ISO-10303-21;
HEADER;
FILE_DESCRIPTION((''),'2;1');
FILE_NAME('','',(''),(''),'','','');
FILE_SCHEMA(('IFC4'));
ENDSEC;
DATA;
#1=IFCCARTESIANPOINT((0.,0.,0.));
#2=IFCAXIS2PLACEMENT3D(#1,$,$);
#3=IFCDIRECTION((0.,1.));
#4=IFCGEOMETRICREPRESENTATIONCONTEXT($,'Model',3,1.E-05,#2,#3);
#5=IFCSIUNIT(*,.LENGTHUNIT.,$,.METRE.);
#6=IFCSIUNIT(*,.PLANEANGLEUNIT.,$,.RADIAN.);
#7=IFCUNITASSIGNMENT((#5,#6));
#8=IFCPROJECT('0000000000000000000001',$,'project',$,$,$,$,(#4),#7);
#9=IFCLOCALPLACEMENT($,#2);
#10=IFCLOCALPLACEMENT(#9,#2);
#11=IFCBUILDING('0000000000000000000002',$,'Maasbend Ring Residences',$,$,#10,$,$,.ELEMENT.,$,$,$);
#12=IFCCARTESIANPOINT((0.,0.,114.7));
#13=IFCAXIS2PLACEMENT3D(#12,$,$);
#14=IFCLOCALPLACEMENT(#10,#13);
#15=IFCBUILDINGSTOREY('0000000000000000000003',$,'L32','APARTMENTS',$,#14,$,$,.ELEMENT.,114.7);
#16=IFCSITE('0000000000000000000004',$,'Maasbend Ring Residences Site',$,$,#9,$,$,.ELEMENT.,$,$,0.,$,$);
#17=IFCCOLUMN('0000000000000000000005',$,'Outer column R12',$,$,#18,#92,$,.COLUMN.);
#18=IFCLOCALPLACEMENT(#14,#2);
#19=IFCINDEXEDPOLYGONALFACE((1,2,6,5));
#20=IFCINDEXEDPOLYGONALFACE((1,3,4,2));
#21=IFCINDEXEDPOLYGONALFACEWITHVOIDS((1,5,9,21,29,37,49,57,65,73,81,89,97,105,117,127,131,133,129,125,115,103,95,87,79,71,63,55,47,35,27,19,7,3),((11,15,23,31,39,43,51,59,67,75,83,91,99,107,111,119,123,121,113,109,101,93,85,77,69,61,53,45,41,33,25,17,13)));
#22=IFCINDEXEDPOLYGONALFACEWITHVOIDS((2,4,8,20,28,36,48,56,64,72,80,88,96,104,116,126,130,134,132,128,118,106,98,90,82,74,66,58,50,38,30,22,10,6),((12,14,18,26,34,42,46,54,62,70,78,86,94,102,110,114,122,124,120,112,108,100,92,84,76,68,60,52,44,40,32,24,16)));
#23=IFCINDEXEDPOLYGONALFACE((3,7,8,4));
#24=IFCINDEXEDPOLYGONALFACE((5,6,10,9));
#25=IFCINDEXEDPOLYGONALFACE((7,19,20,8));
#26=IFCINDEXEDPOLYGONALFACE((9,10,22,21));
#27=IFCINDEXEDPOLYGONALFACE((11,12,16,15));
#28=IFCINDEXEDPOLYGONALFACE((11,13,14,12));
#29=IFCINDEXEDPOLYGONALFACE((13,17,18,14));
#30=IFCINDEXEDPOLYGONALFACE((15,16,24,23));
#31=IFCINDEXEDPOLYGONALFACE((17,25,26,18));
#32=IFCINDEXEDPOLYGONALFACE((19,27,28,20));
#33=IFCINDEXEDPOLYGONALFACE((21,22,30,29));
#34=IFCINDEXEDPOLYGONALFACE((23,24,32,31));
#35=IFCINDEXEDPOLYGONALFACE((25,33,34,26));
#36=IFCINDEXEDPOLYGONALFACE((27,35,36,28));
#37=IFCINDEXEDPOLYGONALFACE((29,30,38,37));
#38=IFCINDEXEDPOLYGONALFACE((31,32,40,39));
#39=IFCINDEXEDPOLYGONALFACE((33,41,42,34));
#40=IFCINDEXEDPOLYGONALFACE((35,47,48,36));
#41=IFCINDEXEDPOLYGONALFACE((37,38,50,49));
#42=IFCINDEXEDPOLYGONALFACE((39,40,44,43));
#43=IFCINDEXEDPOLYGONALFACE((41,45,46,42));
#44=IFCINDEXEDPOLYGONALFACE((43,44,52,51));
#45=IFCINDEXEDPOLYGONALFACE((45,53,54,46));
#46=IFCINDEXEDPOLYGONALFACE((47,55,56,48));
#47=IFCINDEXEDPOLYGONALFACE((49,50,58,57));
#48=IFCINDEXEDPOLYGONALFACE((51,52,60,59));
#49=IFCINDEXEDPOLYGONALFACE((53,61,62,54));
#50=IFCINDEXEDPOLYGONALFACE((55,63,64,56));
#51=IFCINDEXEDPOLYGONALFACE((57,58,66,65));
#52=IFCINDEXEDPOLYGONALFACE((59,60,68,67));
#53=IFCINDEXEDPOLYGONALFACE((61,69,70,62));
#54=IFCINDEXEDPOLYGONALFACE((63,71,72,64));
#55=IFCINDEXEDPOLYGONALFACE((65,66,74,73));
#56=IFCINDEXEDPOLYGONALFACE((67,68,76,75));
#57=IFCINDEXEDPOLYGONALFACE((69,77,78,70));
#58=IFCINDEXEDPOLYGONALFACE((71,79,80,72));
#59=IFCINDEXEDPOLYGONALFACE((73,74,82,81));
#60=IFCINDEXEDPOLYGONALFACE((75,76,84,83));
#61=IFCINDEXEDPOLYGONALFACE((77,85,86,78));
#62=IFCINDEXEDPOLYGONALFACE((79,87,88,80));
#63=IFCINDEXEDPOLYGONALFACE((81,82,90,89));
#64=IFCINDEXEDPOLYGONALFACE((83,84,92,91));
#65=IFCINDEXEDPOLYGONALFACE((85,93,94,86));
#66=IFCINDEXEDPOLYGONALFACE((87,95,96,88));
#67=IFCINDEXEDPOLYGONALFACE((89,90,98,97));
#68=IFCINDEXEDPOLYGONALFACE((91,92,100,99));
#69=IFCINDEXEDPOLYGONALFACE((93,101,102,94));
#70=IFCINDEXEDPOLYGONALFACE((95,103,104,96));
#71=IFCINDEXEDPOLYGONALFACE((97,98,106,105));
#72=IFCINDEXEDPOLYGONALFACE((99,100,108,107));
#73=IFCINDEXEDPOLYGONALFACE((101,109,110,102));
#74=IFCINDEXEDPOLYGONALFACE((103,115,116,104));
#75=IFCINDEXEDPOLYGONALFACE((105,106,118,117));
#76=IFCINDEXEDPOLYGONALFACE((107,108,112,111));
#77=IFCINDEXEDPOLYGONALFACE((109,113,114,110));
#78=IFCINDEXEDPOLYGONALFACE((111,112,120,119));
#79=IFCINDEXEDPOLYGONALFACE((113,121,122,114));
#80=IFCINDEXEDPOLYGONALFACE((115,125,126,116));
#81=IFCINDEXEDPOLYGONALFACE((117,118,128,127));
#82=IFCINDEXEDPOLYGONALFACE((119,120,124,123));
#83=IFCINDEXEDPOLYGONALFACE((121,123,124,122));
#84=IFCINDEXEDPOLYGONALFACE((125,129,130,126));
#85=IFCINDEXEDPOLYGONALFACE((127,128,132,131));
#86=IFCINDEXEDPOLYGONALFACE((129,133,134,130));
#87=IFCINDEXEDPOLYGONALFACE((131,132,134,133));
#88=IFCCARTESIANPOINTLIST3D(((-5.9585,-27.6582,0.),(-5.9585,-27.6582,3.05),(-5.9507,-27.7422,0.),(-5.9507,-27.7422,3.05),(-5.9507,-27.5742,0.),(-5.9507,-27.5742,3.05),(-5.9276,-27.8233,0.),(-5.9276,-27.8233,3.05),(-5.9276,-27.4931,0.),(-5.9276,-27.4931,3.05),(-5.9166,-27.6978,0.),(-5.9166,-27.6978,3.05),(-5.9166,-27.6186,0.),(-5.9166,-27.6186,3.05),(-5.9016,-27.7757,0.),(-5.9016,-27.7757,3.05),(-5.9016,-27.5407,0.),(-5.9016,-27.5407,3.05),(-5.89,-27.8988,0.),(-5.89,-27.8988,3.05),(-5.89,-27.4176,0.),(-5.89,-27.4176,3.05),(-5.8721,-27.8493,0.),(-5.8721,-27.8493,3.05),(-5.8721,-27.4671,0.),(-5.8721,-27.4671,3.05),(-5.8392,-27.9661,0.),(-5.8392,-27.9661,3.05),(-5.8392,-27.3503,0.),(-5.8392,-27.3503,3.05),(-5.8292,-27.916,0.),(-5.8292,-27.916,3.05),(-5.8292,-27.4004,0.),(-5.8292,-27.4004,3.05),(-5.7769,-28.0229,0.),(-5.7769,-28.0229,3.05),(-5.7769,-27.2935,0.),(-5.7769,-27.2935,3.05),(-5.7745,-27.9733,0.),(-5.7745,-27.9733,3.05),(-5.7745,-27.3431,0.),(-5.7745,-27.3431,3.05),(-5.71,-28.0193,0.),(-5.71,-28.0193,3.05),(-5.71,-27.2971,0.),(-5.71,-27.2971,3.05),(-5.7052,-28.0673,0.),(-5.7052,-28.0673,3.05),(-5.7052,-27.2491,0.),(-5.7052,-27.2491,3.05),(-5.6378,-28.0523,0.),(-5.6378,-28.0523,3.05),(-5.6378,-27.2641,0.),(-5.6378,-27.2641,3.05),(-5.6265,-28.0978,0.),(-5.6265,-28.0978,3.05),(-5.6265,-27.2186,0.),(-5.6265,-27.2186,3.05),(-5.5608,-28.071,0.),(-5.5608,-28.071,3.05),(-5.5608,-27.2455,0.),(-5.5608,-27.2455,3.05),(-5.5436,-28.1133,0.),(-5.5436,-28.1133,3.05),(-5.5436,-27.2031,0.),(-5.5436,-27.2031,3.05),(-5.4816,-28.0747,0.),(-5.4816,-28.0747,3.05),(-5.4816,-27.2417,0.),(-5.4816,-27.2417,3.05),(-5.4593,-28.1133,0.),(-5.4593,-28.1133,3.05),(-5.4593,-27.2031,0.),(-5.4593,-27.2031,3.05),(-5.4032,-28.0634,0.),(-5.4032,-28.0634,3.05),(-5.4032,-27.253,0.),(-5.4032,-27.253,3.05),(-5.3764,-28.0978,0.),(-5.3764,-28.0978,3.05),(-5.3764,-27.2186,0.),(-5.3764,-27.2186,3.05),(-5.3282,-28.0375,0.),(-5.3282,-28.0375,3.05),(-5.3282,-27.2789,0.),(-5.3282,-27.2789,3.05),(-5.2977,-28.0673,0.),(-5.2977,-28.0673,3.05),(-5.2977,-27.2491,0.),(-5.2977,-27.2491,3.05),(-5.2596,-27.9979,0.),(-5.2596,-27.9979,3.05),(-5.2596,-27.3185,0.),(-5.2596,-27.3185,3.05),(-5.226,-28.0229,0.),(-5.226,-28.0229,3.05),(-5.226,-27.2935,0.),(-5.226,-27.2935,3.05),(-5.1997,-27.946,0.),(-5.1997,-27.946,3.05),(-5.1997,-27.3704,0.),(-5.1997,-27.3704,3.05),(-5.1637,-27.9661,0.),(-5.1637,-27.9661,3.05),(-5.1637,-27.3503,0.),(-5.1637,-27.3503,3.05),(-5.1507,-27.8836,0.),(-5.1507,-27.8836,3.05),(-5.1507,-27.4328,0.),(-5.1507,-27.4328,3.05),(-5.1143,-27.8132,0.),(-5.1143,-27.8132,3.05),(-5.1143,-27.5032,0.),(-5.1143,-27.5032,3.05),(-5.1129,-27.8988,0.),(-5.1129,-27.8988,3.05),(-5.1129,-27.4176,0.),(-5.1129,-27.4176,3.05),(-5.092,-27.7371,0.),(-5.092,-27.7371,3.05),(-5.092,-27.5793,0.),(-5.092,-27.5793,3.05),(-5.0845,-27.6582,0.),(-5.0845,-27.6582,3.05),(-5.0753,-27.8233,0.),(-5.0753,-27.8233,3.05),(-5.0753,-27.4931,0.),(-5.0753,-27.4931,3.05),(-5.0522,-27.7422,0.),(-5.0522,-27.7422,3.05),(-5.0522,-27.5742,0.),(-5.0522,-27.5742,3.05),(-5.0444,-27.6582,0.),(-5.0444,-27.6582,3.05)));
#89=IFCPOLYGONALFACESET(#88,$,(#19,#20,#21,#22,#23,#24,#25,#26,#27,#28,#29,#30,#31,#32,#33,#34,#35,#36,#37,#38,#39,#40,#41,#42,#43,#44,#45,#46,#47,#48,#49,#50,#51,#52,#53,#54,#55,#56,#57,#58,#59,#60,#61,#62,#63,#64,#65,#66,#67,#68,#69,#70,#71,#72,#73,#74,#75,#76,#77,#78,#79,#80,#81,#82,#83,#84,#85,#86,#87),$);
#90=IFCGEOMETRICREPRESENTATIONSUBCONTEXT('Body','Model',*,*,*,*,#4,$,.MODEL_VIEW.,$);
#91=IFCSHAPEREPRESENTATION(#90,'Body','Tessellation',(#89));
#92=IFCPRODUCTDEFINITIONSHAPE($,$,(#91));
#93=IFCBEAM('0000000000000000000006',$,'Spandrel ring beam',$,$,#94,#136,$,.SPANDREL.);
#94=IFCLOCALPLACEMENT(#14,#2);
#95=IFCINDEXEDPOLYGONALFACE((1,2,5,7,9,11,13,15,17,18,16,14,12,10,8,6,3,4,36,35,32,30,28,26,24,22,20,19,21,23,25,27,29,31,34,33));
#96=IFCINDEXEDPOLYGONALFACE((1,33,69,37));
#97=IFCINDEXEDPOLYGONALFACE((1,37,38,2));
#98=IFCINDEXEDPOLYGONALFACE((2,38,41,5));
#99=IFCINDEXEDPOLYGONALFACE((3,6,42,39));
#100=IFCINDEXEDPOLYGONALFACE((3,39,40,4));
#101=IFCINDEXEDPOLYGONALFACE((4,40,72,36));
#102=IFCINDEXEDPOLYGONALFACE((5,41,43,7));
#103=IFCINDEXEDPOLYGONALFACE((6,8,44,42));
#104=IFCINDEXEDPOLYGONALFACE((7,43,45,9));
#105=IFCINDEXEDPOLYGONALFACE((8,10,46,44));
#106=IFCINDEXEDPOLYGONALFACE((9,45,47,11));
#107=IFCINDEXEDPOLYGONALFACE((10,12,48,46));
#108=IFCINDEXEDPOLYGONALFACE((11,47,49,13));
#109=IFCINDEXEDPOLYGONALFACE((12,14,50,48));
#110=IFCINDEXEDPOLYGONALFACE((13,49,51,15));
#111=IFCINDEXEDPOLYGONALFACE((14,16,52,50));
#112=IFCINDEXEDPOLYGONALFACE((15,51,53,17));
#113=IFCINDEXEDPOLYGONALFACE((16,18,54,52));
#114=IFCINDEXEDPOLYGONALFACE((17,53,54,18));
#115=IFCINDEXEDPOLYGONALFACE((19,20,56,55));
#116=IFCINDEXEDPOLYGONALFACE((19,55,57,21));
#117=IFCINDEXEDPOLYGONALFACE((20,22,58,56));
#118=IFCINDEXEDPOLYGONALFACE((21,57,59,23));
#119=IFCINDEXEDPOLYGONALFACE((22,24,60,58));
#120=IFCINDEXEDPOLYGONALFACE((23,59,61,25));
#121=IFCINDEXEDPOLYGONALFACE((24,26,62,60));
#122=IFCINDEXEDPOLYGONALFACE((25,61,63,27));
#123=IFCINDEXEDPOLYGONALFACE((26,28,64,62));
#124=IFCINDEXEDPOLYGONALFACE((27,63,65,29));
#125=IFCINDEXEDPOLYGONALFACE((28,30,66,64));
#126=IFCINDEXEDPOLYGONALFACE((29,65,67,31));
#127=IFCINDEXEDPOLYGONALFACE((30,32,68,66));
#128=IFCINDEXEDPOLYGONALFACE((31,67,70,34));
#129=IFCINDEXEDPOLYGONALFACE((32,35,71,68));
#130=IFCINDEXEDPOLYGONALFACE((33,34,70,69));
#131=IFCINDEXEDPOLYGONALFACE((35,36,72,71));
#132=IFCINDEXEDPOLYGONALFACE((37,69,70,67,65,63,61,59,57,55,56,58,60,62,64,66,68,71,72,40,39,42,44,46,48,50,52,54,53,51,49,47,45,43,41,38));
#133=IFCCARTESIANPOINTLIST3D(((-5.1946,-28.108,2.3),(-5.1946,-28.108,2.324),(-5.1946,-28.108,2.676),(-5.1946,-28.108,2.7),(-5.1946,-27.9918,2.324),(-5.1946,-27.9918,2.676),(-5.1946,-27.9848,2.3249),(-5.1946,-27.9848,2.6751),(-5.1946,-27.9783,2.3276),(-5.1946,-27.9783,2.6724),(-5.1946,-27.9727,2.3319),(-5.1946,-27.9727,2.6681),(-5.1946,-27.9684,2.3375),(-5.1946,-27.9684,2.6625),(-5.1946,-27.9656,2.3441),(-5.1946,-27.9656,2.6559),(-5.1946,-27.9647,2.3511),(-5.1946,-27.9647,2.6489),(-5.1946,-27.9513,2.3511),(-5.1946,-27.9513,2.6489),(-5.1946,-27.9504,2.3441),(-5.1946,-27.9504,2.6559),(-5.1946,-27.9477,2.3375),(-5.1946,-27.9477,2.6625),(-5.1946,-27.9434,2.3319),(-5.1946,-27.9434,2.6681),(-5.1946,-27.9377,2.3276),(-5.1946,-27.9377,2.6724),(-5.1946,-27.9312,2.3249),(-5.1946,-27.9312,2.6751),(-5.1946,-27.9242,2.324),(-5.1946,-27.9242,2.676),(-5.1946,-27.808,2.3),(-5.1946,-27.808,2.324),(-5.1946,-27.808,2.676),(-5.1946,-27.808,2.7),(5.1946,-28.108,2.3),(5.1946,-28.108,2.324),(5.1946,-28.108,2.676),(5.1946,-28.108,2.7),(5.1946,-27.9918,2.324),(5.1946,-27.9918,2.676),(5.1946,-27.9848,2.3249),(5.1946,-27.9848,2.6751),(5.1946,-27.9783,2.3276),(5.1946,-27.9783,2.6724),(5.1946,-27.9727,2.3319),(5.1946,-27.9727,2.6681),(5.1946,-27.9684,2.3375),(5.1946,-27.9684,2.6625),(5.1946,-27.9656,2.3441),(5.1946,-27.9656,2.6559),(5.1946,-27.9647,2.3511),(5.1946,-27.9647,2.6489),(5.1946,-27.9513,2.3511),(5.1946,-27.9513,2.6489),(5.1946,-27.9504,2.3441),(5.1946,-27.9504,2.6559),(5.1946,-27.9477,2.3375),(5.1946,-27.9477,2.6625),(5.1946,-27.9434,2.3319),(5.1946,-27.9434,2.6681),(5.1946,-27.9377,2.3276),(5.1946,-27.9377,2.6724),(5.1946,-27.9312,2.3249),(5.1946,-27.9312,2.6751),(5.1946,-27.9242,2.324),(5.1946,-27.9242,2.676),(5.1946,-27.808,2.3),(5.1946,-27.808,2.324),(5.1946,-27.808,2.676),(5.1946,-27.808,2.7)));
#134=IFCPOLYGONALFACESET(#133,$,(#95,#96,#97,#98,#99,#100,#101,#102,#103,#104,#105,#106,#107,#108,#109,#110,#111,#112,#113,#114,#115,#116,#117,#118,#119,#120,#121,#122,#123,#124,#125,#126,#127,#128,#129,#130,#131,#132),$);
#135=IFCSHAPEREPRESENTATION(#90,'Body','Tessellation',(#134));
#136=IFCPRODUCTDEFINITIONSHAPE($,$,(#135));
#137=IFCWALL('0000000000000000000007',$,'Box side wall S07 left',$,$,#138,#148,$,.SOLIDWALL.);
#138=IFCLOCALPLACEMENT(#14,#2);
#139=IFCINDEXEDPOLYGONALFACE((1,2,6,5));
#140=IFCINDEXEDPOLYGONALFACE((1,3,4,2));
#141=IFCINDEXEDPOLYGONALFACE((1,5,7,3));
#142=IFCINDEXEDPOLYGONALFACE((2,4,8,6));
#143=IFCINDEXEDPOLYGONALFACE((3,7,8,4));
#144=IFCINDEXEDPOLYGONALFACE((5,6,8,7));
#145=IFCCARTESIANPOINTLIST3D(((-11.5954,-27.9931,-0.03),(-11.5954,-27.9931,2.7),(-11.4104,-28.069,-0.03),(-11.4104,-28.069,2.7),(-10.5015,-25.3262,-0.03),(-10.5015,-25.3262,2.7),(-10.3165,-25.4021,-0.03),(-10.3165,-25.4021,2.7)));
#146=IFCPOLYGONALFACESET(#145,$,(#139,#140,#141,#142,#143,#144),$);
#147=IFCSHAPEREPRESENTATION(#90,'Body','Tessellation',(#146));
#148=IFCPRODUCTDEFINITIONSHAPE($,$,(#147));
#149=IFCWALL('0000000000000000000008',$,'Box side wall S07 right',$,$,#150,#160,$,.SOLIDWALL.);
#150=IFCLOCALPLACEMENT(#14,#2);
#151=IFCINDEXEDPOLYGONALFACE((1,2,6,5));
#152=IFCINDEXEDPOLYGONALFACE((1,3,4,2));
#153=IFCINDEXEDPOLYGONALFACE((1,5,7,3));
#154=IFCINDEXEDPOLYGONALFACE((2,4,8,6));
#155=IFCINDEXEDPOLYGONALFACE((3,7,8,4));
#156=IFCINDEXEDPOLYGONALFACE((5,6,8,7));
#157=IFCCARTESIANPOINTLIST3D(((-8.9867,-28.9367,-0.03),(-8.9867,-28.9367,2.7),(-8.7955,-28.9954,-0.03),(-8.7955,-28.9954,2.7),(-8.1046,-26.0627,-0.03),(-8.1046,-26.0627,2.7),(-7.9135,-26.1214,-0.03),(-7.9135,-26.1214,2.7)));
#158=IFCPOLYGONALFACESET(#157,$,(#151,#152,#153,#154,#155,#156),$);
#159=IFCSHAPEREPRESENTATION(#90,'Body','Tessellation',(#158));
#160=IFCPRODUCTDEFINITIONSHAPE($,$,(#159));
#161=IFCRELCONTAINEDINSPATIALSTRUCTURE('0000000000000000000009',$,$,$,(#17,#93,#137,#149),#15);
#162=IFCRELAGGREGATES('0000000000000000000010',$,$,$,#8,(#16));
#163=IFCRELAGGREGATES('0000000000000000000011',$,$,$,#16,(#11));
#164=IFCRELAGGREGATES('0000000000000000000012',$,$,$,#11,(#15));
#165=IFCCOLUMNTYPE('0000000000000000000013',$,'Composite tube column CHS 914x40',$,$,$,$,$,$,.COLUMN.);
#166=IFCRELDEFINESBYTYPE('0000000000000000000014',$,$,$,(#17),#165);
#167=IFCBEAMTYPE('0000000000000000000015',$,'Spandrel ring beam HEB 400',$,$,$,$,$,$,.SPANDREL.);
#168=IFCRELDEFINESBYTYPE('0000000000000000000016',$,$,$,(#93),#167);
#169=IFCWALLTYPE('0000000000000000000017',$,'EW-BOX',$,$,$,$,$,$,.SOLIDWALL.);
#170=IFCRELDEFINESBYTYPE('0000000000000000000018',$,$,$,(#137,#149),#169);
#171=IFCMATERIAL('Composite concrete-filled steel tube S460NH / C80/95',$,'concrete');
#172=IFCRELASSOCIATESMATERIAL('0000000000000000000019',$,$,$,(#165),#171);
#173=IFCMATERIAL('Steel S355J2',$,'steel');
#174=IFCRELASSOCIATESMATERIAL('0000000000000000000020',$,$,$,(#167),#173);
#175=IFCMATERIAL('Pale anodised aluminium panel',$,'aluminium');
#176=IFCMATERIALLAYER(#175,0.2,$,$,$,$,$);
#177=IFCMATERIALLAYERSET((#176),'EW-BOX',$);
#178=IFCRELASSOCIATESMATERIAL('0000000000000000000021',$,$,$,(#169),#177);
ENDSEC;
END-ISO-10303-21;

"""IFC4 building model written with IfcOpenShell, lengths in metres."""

from ifc_helpers import new_model, si_unit, direction, frame, frame_2d, origin, origin_2d, place, context, subcontext, project, spatial, rectangle, hollow_circle, i_section, extrude, material, layer, layer_set, material_profile, profile_set, type_object, element, save


model = new_model("IFC4")

# Units and contexts
model_context = context("Model", 3, precision=1e-05, world=origin(), true_north=direction((0.0, 1.0)))
body_context = subcontext(model_context, "Body", "Model", "MODEL_VIEW")
ifc_project = project(units=[si_unit("LENGTHUNIT", "METRE"), si_unit("PLANEANGLEUNIT", "RADIAN")], contexts=[model_context])

# Site, building, storey
site_placement = place(None, origin())
site = spatial("IfcSite", under=ifc_project, at=site_placement, Name="Maasbend Ring Residences Site", CompositionType="ELEMENT", RefElevation=0.0)
building_placement = place(site_placement, origin())
building = spatial("IfcBuilding", under=site, at=building_placement, Name="Maasbend Ring Residences", CompositionType="ELEMENT")
storey_placement = place(building_placement, frame((0.0, 0.0, 114.7)))
storey = spatial("IfcBuildingStorey", under=building, at=storey_placement, Name="L32", Description="APARTMENTS", CompositionType="ELEMENT", Elevation=114.7)

# Column
ifc_material_1 = material(Name="Composite concrete-filled steel tube S460NH / C80/95", Category="concrete")
ifc_material_profile_1 = material_profile(ifc_material_1, hollow_circle(Radius=0.457, WallThickness=0.04, at=origin_2d()), Name="Composite tube column CHS 914x40")
ifc_profile_set_1 = profile_set([ifc_material_profile_1], Name="Composite concrete-filled steel tube S460NH / C80/95")
column_type = type_object("IfcColumnType", Name="Composite tube column CHS 914x40", PredefinedType="COLUMN", material=ifc_profile_set_1)
column_placement = place(storey_placement, frame((-5.5015, -27.6582, 0.0), z_axis=(0.0, 0.0, 1.0), x_axis=(1.0, 0.0, 0.0)))
element("IfcColumn", 1, at=column_placement, inside=storey, type_object=column_type, Name="Outer column R12", PredefinedType="COLUMN", context=body_context, shape_type="SweptSolid", body=[
    extrude(hollow_circle(Radius=0.457, WallThickness=0.04, at=origin_2d()), origin(), (0.0, 0.0, 1.0), 3.05),
])

# Beam
ifc_material_2 = material(Name="Steel S355J2", Category="steel")
ifc_material_profile_2 = material_profile(ifc_material_2, i_section(OverallWidth=0.3, OverallDepth=0.3999, WebThickness=0.0134, FlangeThickness=0.0239, FilletRadius=0.0271, at=origin_2d()), Name="HEB 400")
ifc_profile_set_2 = profile_set([ifc_material_profile_2], Name="Steel S355J2")
beam_type = type_object("IfcBeamType", Name="Spandrel ring beam HEB 400", PredefinedType="SPANDREL", material=ifc_profile_set_2)
beam_placement = place(storey_placement, frame((-5.1946, -27.958, 2.5), z_axis=(1.0, 0.0, 0.0), x_axis=(0.0, 1.0, 0.0)))
element("IfcBeam", 2, at=beam_placement, inside=storey, type_object=beam_type, Name="Spandrel ring beam", PredefinedType="SPANDREL", context=body_context, shape_type="SweptSolid", body=[
    extrude(i_section(OverallWidth=0.3, OverallDepth=0.3999, WebThickness=0.0134, FlangeThickness=0.0239, FilletRadius=0.0271, at=origin_2d()), origin(), (0.0, 0.0, 1.0), 10.3892),
])

# Walls
ifc_material_3 = material(Name="Pale anodised aluminium panel", Category="aluminium")
ifc_layer_1 = layer(ifc_material_3, 0.2)
ifc_layer_set_1 = layer_set([ifc_layer_1], Name="EW-BOX")
wall_type_1 = type_object("IfcWallType", Name="EW-BOX", PredefinedType="SOLIDWALL", material=ifc_layer_set_1)
wall_1_placement = place(storey_placement, frame((-10.4089, -25.364, -0.03), z_axis=(0.0, 0.0, 1.0), x_axis=(-0.37951, -0.925188, 0.0)))
element("IfcWall", 3, at=wall_1_placement, inside=storey, type_object=wall_type_1, Name="Box side wall S07 left", PredefinedType="SOLIDWALL", context=body_context, shape_type="SweptSolid", body=[
    extrude(rectangle(XDim=2.8826, YDim=0.2, at=frame_2d((1.4414, 0.0))), origin(), (0.0, 0.0, 1.0), 2.73),
])
wall_2_placement = place(storey_placement, frame((-8.009, -26.092, -0.03), z_axis=(0.0, 0.0, 1.0), x_axis=(-0.293407, -0.955988, 0.0)))
element("IfcWall", 4, at=wall_2_placement, inside=storey, type_object=wall_type_1, Name="Box side wall S07 right", PredefinedType="SOLIDWALL", context=body_context, shape_type="SweptSolid", body=[
    extrude(rectangle(XDim=3.0063, YDim=0.2, at=frame_2d((1.5032, 0.0))), origin(), (0.0, 0.0, 1.0), 2.73),
])

save(model, "model.ifc")
